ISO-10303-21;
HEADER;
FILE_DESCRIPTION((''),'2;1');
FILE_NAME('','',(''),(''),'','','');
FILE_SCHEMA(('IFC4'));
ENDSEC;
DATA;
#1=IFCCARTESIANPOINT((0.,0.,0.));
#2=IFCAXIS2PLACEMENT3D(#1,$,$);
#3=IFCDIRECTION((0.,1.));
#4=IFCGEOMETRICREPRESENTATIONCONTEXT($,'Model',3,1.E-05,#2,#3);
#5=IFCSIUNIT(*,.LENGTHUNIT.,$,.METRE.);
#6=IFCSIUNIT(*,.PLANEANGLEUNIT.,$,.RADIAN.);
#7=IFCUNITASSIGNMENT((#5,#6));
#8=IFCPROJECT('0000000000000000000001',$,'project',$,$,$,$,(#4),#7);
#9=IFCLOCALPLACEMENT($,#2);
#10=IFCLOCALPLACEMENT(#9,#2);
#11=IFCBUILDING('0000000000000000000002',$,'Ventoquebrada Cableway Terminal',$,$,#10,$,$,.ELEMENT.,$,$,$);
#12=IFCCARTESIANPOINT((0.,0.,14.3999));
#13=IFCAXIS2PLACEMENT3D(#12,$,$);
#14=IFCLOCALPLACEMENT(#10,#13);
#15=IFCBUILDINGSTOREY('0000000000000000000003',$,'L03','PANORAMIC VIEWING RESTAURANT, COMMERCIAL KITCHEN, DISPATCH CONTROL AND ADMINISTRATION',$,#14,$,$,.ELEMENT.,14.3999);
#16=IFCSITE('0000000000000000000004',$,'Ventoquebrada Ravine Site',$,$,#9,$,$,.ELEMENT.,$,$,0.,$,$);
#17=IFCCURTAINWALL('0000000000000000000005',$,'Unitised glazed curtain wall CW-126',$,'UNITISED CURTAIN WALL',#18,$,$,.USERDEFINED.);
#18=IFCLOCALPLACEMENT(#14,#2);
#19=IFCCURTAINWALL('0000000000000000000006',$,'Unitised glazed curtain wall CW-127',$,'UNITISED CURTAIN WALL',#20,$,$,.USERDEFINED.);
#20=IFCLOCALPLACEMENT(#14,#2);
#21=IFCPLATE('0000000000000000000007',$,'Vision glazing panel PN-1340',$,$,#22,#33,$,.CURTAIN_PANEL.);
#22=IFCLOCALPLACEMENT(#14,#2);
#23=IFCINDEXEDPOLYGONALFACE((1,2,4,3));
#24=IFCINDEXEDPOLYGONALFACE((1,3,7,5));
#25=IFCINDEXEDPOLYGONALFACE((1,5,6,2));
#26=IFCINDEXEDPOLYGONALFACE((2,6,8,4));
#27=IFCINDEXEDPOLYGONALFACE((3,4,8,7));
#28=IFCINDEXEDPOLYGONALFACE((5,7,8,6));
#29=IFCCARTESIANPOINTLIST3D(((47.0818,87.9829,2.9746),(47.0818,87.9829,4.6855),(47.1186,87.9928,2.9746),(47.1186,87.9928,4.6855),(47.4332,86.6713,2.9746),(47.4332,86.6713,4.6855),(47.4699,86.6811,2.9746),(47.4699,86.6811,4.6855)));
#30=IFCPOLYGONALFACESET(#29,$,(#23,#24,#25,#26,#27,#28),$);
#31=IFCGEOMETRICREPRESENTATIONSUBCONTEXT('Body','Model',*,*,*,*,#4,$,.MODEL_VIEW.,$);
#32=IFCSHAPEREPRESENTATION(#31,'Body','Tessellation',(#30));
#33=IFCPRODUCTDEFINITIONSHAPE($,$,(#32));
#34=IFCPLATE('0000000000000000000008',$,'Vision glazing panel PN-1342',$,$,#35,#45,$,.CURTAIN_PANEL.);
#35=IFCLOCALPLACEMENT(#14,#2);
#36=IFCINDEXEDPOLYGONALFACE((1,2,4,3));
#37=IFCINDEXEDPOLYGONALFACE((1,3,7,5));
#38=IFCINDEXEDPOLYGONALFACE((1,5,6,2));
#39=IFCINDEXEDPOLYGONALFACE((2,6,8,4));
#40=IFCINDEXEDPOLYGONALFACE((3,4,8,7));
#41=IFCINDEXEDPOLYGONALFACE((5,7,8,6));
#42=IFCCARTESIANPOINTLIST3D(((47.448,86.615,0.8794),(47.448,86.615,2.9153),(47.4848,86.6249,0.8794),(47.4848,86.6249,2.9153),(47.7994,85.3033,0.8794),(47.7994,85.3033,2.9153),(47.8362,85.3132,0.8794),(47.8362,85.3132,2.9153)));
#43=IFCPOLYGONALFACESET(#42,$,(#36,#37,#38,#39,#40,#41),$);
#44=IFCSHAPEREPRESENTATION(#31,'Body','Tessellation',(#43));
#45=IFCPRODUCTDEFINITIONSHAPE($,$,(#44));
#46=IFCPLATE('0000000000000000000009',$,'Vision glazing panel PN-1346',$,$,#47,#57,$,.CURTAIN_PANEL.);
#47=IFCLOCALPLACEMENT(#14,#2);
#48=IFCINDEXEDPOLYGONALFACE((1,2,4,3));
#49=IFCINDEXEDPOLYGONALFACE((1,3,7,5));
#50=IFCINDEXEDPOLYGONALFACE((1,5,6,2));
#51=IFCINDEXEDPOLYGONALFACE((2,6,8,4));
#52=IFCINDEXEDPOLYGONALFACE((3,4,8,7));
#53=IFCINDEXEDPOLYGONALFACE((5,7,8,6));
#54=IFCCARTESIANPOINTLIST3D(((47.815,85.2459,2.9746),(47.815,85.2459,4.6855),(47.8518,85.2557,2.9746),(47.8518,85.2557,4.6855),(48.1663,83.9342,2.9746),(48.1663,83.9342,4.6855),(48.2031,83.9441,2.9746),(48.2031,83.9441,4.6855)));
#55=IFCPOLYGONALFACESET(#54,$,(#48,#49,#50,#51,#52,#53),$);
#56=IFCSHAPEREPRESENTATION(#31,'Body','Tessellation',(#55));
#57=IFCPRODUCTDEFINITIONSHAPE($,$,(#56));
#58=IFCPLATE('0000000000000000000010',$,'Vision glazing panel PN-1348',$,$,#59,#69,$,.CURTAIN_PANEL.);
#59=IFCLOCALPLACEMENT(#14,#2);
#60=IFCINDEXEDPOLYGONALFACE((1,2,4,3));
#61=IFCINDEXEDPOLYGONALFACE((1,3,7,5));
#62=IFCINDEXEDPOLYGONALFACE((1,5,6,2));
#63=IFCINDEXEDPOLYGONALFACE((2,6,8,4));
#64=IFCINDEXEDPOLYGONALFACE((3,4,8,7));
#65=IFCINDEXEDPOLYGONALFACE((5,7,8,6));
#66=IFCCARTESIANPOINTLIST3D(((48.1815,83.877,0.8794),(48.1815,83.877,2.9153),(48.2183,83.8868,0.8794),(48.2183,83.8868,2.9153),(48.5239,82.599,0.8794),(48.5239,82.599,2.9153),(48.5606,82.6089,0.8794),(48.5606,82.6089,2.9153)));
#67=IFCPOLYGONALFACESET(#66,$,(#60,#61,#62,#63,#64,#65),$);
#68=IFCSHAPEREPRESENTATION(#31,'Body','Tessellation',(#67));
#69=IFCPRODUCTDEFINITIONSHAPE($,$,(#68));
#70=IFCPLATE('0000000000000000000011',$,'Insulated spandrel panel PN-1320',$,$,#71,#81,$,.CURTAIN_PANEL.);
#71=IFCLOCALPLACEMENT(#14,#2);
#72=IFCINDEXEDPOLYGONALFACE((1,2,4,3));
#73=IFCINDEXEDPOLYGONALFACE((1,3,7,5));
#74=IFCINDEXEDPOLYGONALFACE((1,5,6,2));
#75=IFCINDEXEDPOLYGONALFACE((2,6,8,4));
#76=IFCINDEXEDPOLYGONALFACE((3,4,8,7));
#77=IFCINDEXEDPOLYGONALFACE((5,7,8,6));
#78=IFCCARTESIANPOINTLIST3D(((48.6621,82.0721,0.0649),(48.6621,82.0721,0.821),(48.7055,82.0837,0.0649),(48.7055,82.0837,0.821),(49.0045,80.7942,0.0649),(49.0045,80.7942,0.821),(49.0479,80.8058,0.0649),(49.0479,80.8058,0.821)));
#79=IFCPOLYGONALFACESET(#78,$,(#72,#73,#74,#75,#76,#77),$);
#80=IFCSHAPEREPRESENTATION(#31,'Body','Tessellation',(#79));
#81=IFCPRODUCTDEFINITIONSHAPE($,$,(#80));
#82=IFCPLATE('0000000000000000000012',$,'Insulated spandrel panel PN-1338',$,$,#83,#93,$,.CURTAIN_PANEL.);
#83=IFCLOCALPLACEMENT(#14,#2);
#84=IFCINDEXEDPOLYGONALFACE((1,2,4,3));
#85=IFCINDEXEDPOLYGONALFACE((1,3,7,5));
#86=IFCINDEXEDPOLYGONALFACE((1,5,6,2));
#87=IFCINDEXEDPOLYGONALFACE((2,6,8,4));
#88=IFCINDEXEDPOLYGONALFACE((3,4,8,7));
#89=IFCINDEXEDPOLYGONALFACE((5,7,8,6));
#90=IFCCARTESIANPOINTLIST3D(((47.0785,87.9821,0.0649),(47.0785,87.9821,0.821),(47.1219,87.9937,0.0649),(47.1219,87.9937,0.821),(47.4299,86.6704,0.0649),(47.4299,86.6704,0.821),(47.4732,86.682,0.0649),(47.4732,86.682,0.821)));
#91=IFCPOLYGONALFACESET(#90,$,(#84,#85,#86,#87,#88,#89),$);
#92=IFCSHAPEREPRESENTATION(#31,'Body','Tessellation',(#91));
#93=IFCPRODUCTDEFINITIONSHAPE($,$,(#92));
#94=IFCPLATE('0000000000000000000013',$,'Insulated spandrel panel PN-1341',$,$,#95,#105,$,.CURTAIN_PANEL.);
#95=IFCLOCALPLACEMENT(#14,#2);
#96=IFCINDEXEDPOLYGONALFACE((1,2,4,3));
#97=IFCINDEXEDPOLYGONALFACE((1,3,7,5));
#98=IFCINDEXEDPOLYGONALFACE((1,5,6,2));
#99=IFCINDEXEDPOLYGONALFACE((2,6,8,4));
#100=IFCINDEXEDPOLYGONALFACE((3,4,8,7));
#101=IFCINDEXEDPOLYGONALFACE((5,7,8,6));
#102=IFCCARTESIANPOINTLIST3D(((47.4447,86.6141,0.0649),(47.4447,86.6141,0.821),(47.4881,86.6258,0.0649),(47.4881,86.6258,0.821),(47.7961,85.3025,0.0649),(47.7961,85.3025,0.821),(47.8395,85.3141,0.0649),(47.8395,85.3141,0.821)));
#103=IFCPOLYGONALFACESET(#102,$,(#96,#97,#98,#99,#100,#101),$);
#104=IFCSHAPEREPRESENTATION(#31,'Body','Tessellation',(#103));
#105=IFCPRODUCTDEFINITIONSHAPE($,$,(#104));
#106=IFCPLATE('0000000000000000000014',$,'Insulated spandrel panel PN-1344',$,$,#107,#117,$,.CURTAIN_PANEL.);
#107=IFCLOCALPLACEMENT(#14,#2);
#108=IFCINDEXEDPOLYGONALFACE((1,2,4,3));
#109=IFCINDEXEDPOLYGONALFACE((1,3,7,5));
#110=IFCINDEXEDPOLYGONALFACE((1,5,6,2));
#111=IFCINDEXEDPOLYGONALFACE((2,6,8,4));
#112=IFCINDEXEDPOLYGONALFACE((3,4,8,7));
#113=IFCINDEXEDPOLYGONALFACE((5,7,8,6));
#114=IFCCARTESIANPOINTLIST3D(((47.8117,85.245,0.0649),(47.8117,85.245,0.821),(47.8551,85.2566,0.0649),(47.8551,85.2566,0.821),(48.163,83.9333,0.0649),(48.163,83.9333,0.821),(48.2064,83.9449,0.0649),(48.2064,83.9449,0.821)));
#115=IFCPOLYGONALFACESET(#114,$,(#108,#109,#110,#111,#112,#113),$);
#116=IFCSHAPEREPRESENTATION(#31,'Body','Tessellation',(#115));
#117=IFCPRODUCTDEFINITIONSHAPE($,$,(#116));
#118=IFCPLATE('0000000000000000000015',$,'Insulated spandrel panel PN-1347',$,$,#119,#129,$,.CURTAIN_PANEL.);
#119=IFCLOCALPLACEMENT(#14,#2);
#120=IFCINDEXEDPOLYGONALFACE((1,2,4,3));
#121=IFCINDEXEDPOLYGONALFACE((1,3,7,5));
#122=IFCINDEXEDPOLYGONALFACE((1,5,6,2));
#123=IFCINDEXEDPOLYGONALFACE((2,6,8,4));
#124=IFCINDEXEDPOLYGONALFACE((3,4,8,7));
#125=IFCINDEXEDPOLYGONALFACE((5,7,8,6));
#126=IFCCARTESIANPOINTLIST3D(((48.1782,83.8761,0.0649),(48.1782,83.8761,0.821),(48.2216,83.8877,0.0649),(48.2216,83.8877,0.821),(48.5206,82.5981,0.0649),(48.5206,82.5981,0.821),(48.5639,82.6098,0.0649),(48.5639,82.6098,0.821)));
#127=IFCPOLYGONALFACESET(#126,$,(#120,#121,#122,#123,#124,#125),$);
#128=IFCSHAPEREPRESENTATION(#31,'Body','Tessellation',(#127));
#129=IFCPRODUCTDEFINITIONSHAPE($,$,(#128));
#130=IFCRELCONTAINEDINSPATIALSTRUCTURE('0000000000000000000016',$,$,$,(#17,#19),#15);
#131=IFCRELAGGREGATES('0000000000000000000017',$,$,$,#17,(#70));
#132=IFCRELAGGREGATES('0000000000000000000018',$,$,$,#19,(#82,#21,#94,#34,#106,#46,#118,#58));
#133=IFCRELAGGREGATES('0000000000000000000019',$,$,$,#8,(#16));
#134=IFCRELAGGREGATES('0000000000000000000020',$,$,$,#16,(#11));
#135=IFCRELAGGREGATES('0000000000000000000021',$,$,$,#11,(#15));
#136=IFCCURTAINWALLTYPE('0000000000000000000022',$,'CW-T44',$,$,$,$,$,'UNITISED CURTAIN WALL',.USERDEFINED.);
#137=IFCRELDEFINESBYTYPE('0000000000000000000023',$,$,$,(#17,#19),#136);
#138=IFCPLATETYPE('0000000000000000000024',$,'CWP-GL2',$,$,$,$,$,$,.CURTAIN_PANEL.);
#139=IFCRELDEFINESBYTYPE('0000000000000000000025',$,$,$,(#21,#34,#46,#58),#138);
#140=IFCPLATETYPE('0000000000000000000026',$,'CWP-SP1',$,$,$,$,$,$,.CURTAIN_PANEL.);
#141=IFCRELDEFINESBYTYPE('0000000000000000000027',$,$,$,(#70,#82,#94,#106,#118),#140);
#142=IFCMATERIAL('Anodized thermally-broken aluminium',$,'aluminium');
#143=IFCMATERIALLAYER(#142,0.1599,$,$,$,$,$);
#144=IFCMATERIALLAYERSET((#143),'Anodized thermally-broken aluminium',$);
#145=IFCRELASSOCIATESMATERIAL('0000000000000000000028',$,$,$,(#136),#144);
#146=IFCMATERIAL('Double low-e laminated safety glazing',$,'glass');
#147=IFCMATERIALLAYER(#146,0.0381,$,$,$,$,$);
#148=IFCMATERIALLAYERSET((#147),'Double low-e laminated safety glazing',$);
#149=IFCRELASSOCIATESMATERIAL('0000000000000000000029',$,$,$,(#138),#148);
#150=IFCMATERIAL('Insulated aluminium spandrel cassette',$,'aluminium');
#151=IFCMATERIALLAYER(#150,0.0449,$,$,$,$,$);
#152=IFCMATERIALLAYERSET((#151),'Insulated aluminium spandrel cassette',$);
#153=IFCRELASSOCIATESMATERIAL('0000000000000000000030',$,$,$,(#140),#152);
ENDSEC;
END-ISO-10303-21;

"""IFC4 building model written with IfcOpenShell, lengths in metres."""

from ifc_helpers import new_model, si_unit, direction, frame, origin, origin_2d, place, context, subcontext, project, spatial, rectangle, extrude, material, layer, layer_set, type_object, element, aggregate, save


model = new_model("IFC4")

# Units and contexts
model_context = context("Model", 3, precision=1e-05, world=origin(), true_north=direction((0.0, 1.0)))
body_context = subcontext(model_context, "Body", "Model", "MODEL_VIEW")
ifc_project = project(units=[si_unit("LENGTHUNIT", "METRE"), si_unit("PLANEANGLEUNIT", "RADIAN")], contexts=[model_context])

# Site, building, storey
site_placement = place(None, origin())
site = spatial("IfcSite", under=ifc_project, at=site_placement, Name="Ventoquebrada Ravine Site", CompositionType="ELEMENT", RefElevation=0.0)
building_placement = place(site_placement, origin())
building = spatial("IfcBuilding", under=site, at=building_placement, Name="Ventoquebrada Cableway Terminal", CompositionType="ELEMENT")
storey_placement = place(building_placement, frame((0.0, 0.0, 14.3999)))
storey = spatial("IfcBuildingStorey", under=building, at=storey_placement, Name="L03", Description="PANORAMIC VIEWING RESTAURANT, COMMERCIAL KITCHEN, DISPATCH CONTROL AND ADMINISTRATION", CompositionType="ELEMENT", Elevation=14.3999)

# Curtain walls
ifc_material_1 = material(Name="Anodized thermally-broken aluminium", Category="aluminium")
ifc_layer_1 = layer(ifc_material_1, 0.1599)
ifc_layer_set_1 = layer_set([ifc_layer_1], Name="Anodized thermally-broken aluminium")
curtain_wall_type = type_object("IfcCurtainWallType", Name="CW-T44", ElementType="UNITISED CURTAIN WALL", PredefinedType="USERDEFINED", material=ifc_layer_set_1)
curtain_wall_1_placement = place(storey_placement, origin())
curtain_wall_1 = element("IfcCurtainWall", 1, at=curtain_wall_1_placement, inside=storey, type_object=curtain_wall_type, Name="Unitised glazed curtain wall CW-126", ObjectType="UNITISED CURTAIN WALL", PredefinedType="USERDEFINED")
curtain_wall_2_placement = place(storey_placement, origin())
curtain_wall_2 = element("IfcCurtainWall", 2, at=curtain_wall_2_placement, inside=storey, type_object=curtain_wall_type, Name="Unitised glazed curtain wall CW-127", ObjectType="UNITISED CURTAIN WALL", PredefinedType="USERDEFINED")

# Plates
ifc_material_2 = material(Name="Double low-e laminated safety glazing", Category="glass")
ifc_layer_2 = layer(ifc_material_2, 0.0381)
ifc_layer_set_2 = layer_set([ifc_layer_2], Name="Double low-e laminated safety glazing")
plate_type_1 = type_object("IfcPlateType", Name="CWP-GL2", PredefinedType="CURTAIN_PANEL", material=ifc_layer_set_2)
plate_1_placement = place(storey_placement, frame((47.2759, 87.332, 2.9746), z_axis=(0.0, 0.0, 1.0), x_axis=(0.258735, -0.965948, 0.0)))
plate_1 = element("IfcPlate", 3, at=plate_1_placement, type_object=plate_type_1, Name="Vision glazing panel PN-1340", PredefinedType="CURTAIN_PANEL", context=body_context, shape_type="SweptSolid", body=[
    extrude(rectangle(XDim=1.3579, YDim=0.0381, at=origin_2d()), origin(), (0.0, 0.0, 1.0), 1.7109),
])
plate_2_placement = place(storey_placement, frame((47.6421, 85.9641, 0.8794), z_axis=(0.0, 0.0, 1.0), x_axis=(0.258735, -0.965948, 0.0)))
plate_2 = element("IfcPlate", 4, at=plate_2_placement, type_object=plate_type_1, Name="Vision glazing panel PN-1342", PredefinedType="CURTAIN_PANEL", context=body_context, shape_type="SweptSolid", body=[
    extrude(rectangle(XDim=1.3579, YDim=0.0381, at=origin_2d()), origin(), (0.0, 0.0, 1.0), 2.0359),
])
plate_3_placement = place(storey_placement, frame((48.009, 84.595, 2.9746), z_axis=(0.0, 0.0, 1.0), x_axis=(0.258735, -0.965948, 0.0)))
plate_3 = element("IfcPlate", 5, at=plate_3_placement, type_object=plate_type_1, Name="Vision glazing panel PN-1346", PredefinedType="CURTAIN_PANEL", context=body_context, shape_type="SweptSolid", body=[
    extrude(rectangle(XDim=1.3579, YDim=0.0381, at=origin_2d()), origin(), (0.0, 0.0, 1.0), 1.7109),
])
plate_4_placement = place(storey_placement, frame((48.3711, 83.2429, 0.8794), z_axis=(0.0, 0.0, 1.0), x_axis=(0.258735, -0.965948, 0.0)))
plate_4 = element("IfcPlate", 6, at=plate_4_placement, type_object=plate_type_1, Name="Vision glazing panel PN-1348", PredefinedType="CURTAIN_PANEL", context=body_context, shape_type="SweptSolid", body=[
    extrude(rectangle(XDim=1.323, YDim=0.0381, at=origin_2d()), origin(), (0.0, 0.0, 1.0), 2.0359),
])
ifc_material_3 = material(Name="Insulated aluminium spandrel cassette", Category="aluminium")
ifc_layer_3 = layer(ifc_material_3, 0.0449)
ifc_layer_set_3 = layer_set([ifc_layer_3], Name="Insulated aluminium spandrel cassette")
plate_type_2 = type_object("IfcPlateType", Name="CWP-SP1", PredefinedType="CURTAIN_PANEL", material=ifc_layer_set_3)
plate_5_placement = place(storey_placement, frame((48.855, 81.439, 0.0649), z_axis=(0.0, 0.0, 1.0), x_axis=(0.258785, -0.965935, 0.0)))
plate_5 = element("IfcPlate", 7, at=plate_5_placement, type_object=plate_type_2, Name="Insulated spandrel panel PN-1320", PredefinedType="CURTAIN_PANEL", context=body_context, shape_type="SweptSolid", body=[
    extrude(rectangle(XDim=1.323, YDim=0.0449, at=origin_2d()), origin(), (0.0, 0.0, 1.0), 0.7561),
])
aggregate(curtain_wall_1, [plate_5])
plate_6_placement = place(storey_placement, frame((47.2759, 87.332, 0.0649), z_axis=(0.0, 0.0, 1.0), x_axis=(0.258735, -0.965948, 0.0)))
plate_6 = element("IfcPlate", 8, at=plate_6_placement, type_object=plate_type_2, Name="Insulated spandrel panel PN-1338", PredefinedType="CURTAIN_PANEL", context=body_context, shape_type="SweptSolid", body=[
    extrude(rectangle(XDim=1.3579, YDim=0.0449, at=origin_2d()), origin(), (0.0, 0.0, 1.0), 0.7561),
])
plate_7_placement = place(storey_placement, frame((47.6421, 85.9641, 0.0649), z_axis=(0.0, 0.0, 1.0), x_axis=(0.258735, -0.965948, 0.0)))
plate_7 = element("IfcPlate", 9, at=plate_7_placement, type_object=plate_type_2, Name="Insulated spandrel panel PN-1341", PredefinedType="CURTAIN_PANEL", context=body_context, shape_type="SweptSolid", body=[
    extrude(rectangle(XDim=1.3579, YDim=0.0449, at=origin_2d()), origin(), (0.0, 0.0, 1.0), 0.7561),
])
plate_8_placement = place(storey_placement, frame((48.009, 84.595, 0.0649), z_axis=(0.0, 0.0, 1.0), x_axis=(0.258735, -0.965948, 0.0)))
plate_8 = element("IfcPlate", 10, at=plate_8_placement, type_object=plate_type_2, Name="Insulated spandrel panel PN-1344", PredefinedType="CURTAIN_PANEL", context=body_context, shape_type="SweptSolid", body=[
    extrude(rectangle(XDim=1.3579, YDim=0.0449, at=origin_2d()), origin(), (0.0, 0.0, 1.0), 0.7561),
])
plate_9_placement = place(storey_placement, frame((48.3711, 83.2429, 0.0649), z_axis=(0.0, 0.0, 1.0), x_axis=(0.258735, -0.965948, 0.0)))
plate_9 = element("IfcPlate", 11, at=plate_9_placement, type_object=plate_type_2, Name="Insulated spandrel panel PN-1347", PredefinedType="CURTAIN_PANEL", context=body_context, shape_type="SweptSolid", body=[
    extrude(rectangle(XDim=1.323, YDim=0.0449, at=origin_2d()), origin(), (0.0, 0.0, 1.0), 0.7561),
])
aggregate(curtain_wall_2, [plate_6, plate_1, plate_7, plate_2, plate_8, plate_3, plate_9, plate_4])

save(model, "model.ifc")
